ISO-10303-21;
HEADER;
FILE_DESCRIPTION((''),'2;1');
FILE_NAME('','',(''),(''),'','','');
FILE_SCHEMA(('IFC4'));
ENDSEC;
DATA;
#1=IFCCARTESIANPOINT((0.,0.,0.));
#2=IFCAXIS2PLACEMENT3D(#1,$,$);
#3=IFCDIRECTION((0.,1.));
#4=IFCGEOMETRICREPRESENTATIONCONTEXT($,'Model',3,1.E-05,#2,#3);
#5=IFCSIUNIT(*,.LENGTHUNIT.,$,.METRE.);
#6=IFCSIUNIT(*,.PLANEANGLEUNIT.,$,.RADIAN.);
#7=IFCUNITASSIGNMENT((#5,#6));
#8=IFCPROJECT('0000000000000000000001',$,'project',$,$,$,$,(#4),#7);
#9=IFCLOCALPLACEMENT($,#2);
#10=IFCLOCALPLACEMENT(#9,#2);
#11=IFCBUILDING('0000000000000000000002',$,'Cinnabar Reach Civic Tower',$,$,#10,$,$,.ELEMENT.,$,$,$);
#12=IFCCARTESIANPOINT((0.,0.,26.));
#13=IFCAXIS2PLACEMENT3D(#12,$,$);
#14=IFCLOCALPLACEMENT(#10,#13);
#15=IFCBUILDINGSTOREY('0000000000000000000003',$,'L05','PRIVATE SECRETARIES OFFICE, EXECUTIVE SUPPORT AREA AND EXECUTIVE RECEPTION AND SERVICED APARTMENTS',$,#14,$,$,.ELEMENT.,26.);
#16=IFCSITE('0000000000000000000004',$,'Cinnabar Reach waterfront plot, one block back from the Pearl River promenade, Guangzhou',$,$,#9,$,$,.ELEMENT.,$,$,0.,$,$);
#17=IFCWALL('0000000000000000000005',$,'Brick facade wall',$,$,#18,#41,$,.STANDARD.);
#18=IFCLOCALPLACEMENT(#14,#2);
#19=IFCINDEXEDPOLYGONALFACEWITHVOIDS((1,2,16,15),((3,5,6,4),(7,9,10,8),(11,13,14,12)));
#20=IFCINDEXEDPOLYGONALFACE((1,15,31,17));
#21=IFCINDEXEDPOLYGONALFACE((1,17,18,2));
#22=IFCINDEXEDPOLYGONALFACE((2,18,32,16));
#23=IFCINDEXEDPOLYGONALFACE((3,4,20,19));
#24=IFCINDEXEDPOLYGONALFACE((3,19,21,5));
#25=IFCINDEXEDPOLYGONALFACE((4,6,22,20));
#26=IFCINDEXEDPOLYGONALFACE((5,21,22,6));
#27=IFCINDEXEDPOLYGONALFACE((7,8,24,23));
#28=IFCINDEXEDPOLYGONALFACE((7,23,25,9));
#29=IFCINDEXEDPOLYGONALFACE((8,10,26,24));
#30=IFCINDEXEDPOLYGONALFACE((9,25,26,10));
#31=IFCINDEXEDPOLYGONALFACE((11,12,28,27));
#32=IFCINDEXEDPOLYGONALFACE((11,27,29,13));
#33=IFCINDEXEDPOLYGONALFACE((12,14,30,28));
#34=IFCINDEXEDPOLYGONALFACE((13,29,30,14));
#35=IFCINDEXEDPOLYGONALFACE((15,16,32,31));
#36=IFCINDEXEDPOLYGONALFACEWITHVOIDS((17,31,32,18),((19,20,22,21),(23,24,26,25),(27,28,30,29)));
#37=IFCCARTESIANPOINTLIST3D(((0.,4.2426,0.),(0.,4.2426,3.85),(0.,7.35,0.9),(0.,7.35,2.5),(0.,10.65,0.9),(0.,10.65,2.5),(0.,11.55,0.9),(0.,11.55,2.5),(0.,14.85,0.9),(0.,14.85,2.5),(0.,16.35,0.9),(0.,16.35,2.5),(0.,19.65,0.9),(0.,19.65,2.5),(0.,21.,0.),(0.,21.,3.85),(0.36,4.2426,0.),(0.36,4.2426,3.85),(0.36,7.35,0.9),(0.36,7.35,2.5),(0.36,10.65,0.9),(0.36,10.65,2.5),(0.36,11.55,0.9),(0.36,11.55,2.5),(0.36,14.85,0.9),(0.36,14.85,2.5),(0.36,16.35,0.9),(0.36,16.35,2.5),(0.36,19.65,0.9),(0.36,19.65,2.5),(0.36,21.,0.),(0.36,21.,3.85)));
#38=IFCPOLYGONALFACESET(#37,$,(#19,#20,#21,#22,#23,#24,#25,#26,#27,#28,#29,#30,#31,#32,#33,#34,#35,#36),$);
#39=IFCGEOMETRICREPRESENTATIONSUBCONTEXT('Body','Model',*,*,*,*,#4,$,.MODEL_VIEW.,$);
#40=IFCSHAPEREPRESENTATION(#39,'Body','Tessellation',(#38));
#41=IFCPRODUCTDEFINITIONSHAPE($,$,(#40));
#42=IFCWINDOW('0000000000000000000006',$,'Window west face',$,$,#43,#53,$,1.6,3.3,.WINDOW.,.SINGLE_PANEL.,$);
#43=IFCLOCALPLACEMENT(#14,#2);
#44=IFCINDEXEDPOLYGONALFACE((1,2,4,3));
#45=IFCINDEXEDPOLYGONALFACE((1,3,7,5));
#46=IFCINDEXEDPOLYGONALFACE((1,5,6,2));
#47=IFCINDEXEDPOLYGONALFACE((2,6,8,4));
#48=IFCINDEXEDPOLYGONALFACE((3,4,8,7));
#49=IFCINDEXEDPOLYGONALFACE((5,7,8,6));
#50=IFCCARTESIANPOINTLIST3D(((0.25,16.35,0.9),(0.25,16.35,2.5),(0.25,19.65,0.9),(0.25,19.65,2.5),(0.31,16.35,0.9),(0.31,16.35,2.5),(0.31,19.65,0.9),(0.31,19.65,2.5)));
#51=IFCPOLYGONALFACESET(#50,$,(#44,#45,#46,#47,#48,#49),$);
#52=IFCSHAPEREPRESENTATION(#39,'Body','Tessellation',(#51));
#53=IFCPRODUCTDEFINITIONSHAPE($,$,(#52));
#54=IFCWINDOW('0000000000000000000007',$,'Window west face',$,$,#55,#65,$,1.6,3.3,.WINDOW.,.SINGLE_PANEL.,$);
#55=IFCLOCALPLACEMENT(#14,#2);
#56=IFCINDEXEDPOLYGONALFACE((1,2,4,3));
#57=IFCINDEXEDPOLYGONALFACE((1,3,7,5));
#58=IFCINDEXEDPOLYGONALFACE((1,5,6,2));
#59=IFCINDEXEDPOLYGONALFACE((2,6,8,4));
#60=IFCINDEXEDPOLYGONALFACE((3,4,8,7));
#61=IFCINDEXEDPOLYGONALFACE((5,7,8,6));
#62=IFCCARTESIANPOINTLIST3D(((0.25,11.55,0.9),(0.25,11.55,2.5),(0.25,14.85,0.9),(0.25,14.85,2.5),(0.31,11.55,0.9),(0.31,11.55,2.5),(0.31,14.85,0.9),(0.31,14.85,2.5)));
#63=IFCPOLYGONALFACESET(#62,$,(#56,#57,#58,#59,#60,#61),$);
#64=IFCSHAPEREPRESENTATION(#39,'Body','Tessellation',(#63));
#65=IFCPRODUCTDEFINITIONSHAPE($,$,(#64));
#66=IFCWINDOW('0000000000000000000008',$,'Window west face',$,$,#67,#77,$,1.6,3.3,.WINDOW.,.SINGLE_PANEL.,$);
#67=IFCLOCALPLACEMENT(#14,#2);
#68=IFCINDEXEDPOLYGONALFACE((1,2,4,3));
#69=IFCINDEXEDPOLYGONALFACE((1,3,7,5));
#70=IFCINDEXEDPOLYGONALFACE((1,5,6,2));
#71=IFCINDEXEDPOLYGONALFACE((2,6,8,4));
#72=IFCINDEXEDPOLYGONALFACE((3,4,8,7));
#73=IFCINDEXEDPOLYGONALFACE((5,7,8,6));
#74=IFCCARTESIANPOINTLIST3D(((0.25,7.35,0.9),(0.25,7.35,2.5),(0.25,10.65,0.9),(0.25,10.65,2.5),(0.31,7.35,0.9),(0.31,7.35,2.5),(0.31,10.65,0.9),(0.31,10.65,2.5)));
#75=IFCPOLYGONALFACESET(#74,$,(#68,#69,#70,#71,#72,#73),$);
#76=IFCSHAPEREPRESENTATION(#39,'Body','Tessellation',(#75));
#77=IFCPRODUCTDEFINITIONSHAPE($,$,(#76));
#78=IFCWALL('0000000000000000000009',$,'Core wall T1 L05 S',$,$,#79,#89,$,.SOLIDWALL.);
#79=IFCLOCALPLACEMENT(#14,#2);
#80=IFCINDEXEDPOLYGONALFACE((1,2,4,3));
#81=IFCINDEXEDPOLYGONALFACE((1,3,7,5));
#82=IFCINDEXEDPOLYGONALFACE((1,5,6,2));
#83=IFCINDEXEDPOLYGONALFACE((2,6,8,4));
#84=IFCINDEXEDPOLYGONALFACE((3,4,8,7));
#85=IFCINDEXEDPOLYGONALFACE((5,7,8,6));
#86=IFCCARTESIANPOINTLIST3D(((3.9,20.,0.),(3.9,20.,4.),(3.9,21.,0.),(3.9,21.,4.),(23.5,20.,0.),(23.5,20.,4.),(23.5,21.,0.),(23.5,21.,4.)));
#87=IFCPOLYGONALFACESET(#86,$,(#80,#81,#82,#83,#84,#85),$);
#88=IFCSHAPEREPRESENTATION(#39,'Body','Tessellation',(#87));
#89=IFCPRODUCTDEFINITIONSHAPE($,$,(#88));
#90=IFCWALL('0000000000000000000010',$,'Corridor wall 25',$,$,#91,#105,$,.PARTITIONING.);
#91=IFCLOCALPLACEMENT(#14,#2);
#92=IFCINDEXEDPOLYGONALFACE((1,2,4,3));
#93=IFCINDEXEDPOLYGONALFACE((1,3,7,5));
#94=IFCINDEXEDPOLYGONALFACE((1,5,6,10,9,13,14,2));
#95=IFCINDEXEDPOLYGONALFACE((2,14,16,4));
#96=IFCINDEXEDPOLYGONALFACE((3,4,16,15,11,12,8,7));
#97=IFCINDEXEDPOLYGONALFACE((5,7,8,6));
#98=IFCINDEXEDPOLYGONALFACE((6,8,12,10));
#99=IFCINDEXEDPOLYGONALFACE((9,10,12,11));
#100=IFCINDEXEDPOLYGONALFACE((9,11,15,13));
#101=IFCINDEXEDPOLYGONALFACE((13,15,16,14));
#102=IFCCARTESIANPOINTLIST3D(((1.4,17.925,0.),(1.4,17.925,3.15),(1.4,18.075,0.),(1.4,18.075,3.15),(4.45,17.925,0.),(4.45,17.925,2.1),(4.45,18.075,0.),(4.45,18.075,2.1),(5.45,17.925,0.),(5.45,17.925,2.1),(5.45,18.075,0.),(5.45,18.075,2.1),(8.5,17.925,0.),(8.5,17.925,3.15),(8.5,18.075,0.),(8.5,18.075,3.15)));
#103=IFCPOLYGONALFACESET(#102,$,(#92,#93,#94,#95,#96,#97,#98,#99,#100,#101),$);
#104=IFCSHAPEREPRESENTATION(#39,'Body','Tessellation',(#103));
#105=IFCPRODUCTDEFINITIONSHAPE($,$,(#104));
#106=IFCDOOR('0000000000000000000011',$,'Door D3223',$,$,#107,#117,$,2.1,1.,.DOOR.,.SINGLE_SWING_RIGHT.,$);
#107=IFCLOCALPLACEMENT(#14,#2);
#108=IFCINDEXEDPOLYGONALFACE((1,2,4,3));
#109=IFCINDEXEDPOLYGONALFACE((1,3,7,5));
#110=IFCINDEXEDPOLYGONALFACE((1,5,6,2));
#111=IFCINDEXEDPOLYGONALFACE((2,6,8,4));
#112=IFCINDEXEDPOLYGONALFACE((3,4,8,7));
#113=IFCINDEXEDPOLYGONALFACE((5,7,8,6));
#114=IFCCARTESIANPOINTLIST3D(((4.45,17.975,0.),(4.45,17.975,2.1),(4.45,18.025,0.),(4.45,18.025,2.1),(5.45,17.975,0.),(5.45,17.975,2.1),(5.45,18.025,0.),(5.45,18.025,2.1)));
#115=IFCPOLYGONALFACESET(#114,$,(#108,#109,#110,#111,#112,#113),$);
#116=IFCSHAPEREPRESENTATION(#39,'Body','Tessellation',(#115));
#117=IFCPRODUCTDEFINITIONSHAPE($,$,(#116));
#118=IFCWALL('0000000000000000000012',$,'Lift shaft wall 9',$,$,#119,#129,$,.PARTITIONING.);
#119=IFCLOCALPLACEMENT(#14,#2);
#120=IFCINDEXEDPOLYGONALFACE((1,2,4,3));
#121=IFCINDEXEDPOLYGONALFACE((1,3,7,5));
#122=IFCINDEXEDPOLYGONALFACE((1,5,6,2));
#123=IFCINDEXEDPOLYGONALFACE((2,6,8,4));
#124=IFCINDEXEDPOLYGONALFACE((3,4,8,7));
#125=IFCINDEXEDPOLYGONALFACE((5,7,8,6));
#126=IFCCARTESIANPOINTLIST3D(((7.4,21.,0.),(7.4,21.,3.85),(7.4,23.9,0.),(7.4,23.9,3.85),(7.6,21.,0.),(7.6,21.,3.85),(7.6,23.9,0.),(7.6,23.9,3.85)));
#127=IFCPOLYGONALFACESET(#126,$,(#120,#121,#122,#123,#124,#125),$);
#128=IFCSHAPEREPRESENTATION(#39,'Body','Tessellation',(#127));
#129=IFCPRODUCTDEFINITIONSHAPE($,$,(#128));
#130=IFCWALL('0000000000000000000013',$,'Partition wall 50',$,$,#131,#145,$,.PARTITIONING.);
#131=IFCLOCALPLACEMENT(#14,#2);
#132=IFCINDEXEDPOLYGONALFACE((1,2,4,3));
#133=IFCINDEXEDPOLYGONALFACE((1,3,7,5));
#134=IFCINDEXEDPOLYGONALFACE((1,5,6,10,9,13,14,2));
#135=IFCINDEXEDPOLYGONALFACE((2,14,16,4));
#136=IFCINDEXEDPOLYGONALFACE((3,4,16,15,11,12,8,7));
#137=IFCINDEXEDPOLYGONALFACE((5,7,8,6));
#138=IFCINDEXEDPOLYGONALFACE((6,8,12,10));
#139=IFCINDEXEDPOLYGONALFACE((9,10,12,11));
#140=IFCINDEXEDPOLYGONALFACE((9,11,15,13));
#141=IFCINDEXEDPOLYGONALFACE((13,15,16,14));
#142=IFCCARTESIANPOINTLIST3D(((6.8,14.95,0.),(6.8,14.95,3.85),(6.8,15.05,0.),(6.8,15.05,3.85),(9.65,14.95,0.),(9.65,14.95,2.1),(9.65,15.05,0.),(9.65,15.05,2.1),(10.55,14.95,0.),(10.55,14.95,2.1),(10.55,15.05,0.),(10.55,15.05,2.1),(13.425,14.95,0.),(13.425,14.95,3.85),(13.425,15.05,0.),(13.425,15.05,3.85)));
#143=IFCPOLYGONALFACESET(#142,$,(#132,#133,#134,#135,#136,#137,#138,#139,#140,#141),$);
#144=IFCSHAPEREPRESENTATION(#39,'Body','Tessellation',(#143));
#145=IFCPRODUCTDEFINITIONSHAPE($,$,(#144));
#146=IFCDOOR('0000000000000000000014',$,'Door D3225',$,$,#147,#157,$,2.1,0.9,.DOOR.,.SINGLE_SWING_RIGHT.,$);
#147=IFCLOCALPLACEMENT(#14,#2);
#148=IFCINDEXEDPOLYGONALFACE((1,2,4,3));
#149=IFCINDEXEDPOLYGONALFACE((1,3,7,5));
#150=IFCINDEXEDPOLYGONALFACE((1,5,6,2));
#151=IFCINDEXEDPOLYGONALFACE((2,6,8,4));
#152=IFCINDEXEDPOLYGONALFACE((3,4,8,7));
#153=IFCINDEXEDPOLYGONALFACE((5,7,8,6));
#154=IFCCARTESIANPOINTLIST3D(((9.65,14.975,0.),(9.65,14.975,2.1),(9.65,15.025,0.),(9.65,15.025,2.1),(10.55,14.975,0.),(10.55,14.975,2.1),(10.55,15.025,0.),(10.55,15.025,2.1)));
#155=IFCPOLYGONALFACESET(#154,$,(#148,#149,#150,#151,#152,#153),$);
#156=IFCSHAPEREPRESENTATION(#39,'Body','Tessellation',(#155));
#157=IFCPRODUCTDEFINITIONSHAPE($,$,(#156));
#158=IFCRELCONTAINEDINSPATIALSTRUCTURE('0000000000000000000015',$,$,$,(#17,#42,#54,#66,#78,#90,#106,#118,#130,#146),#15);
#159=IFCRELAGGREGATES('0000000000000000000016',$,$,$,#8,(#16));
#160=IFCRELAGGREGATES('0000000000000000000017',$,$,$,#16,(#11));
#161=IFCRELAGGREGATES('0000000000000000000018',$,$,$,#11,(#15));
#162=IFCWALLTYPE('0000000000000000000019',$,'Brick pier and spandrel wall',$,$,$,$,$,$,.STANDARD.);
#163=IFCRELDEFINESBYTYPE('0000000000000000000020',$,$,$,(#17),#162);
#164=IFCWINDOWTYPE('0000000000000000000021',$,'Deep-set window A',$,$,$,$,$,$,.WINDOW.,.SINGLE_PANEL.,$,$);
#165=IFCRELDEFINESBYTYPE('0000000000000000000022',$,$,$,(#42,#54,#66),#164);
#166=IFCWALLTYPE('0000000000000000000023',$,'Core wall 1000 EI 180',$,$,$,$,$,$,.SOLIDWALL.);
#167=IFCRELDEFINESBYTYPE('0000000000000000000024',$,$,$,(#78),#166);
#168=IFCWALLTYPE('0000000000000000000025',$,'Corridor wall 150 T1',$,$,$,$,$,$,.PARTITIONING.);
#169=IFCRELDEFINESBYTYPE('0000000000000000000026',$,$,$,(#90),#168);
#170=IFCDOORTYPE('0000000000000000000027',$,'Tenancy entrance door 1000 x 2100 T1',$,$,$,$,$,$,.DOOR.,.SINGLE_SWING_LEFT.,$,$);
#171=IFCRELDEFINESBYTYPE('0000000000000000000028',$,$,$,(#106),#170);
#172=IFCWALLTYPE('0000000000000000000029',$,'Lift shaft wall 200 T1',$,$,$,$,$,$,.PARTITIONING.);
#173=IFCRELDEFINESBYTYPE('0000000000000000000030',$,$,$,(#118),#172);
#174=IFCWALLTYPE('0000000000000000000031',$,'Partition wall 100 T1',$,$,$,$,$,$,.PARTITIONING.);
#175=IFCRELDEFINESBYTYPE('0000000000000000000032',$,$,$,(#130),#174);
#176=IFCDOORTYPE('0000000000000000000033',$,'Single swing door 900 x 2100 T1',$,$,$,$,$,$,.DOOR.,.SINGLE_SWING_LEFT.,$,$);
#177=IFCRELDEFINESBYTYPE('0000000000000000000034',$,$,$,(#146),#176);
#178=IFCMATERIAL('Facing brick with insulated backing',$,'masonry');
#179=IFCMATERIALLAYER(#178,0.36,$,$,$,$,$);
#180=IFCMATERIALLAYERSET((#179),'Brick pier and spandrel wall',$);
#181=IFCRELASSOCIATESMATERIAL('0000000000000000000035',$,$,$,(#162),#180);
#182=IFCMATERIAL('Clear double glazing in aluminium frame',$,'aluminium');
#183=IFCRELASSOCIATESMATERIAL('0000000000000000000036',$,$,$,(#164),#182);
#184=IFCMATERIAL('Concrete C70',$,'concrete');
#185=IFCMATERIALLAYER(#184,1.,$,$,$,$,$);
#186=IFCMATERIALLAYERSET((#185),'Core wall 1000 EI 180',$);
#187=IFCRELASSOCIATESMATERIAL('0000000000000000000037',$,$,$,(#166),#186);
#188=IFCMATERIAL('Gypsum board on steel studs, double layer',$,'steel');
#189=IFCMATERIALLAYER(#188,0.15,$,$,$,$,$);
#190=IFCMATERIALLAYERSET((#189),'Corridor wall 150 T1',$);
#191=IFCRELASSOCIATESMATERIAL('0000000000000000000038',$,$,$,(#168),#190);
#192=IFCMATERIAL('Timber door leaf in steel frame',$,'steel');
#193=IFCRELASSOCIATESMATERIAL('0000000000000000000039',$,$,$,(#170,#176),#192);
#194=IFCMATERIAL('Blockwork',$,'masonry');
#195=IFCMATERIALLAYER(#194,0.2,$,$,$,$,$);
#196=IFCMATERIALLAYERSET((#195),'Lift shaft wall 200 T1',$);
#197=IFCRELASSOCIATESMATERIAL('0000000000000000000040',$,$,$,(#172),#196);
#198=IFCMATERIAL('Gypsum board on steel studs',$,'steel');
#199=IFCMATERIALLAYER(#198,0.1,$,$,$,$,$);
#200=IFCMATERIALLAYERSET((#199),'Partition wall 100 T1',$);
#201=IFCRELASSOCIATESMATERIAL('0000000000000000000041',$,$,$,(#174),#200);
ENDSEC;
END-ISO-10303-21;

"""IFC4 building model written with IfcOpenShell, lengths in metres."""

from ifc_helpers import new_model, si_unit, direction, frame, frame_2d, origin, place, context, subcontext, project, spatial, rectangle, extrude, material, layer, layer_set, type_object, element, fill, save


model = new_model("IFC4")

# Units and contexts
model_context = context("Model", 3, precision=1e-05, world=origin(), true_north=direction((0.0, 1.0)))
body_context = subcontext(model_context, "Body", "Model", "MODEL_VIEW")
ifc_project = project(units=[si_unit("LENGTHUNIT", "METRE"), si_unit("PLANEANGLEUNIT", "RADIAN")], contexts=[model_context])

# Site, building, storey
site_placement = place(None, origin())
site = spatial("IfcSite", under=ifc_project, at=site_placement, Name="Cinnabar Reach waterfront plot, one block back from the Pearl River promenade, Guangzhou", CompositionType="ELEMENT", RefElevation=0.0)
building_placement = place(site_placement, origin())
building = spatial("IfcBuilding", under=site, at=building_placement, Name="Cinnabar Reach Civic Tower", CompositionType="ELEMENT")
storey_placement = place(building_placement, frame((0.0, 0.0, 26.0)))
storey = spatial("IfcBuildingStorey", under=building, at=storey_placement, Name="L05", Description="PRIVATE SECRETARIES OFFICE, EXECUTIVE SUPPORT AREA AND EXECUTIVE RECEPTION AND SERVICED APARTMENTS", CompositionType="ELEMENT", Elevation=26.0)

# Shared definitions
ifc_material_1 = material(Name="Concrete C70", Category="concrete")

# Wall, openings, windows
ifc_material_2 = material(Name="Facing brick with insulated backing", Category="masonry")
ifc_layer_1 = layer(ifc_material_2, 0.36)
ifc_layer_set_1 = layer_set([ifc_layer_1], Name="Brick pier and spandrel wall")
wall_type_1 = type_object("IfcWallType", Name="Brick pier and spandrel wall", PredefinedType="STANDARD", material=ifc_layer_set_1)
wall_1_placement = place(storey_placement, frame((0.18, 21.0, 0.0), z_axis=(0.0, 0.0, 1.0), x_axis=(0.0, -1.0, 0.0)))
wall_1 = element("IfcWall", 1, at=wall_1_placement, inside=storey, type_object=wall_type_1, Name="Brick facade wall", PredefinedType="STANDARD", context=body_context, shape_type="SweptSolid", body=[
    extrude(rectangle(XDim=16.7574, YDim=0.36, at=frame_2d((8.3787, 0.0))), origin(), (0.0, 0.0, 1.0), 3.85),
])
opening_1_placement = place(wall_1_placement, frame((1.35, 0.0, 0.9)))
opening_1 = element("IfcOpeningElement", 2, at=opening_1_placement, cuts=wall_1, PredefinedType="OPENING", context=body_context, shape_type="SweptSolid", body=[
    extrude(rectangle(XDim=3.3, YDim=1.6, at=frame_2d((1.65, 0.8))), frame((0.0, 0.19, 0.0), z_axis=(0.0, -1.0, 0.0), x_axis=(1.0, 0.0, 0.0)), (0.0, 0.0, 1.0), 0.38),
])
opening_2_placement = place(wall_1_placement, frame((6.15, 0.0, 0.9)))
opening_2 = element("IfcOpeningElement", 3, at=opening_2_placement, cuts=wall_1, PredefinedType="OPENING", context=body_context, shape_type="SweptSolid", body=[
    extrude(rectangle(XDim=3.3, YDim=1.6, at=frame_2d((1.65, 0.8))), frame((0.0, 0.19, 0.0), z_axis=(0.0, -1.0, 0.0), x_axis=(1.0, 0.0, 0.0)), (0.0, 0.0, 1.0), 0.38),
])
opening_3_placement = place(wall_1_placement, frame((10.35, 0.0, 0.9)))
opening_3 = element("IfcOpeningElement", 4, at=opening_3_placement, cuts=wall_1, PredefinedType="OPENING", context=body_context, shape_type="SweptSolid", body=[
    extrude(rectangle(XDim=3.3, YDim=1.6, at=frame_2d((1.65, 0.8))), frame((0.0, 0.19, 0.0), z_axis=(0.0, -1.0, 0.0), x_axis=(1.0, 0.0, 0.0)), (0.0, 0.0, 1.0), 0.38),
])
ifc_material_3 = material(Name="Clear double glazing in aluminium frame", Category="aluminium")
window_type = type_object("IfcWindowType", Name="Deep-set window A", PartitioningType="SINGLE_PANEL", PredefinedType="WINDOW", material=ifc_material_3)
window_1_placement = place(opening_1_placement, origin())
window_1 = element("IfcWindow", 5, at=window_1_placement, inside=storey, type_object=window_type, Name="Window west face", OverallHeight=1.6, OverallWidth=3.3, PartitioningType="SINGLE_PANEL", PredefinedType="WINDOW", context=body_context, shape_type="SweptSolid", body=[
    extrude(rectangle(XDim=3.3, YDim=1.6, at=frame_2d((1.65, 0.8))), frame((0.0, 0.13, 0.0), z_axis=(0.0, -1.0, 0.0), x_axis=(1.0, 0.0, 0.0)), (0.0, 0.0, 1.0), 0.06),
])
fill(opening_1, window_1)
window_2_placement = place(opening_2_placement, origin())
window_2 = element("IfcWindow", 6, at=window_2_placement, inside=storey, type_object=window_type, Name="Window west face", OverallHeight=1.6, OverallWidth=3.3, PartitioningType="SINGLE_PANEL", PredefinedType="WINDOW", context=body_context, shape_type="SweptSolid", body=[
    extrude(rectangle(XDim=3.3, YDim=1.6, at=frame_2d((1.65, 0.8))), frame((0.0, 0.13, 0.0), z_axis=(0.0, -1.0, 0.0), x_axis=(1.0, 0.0, 0.0)), (0.0, 0.0, 1.0), 0.06),
])
fill(opening_2, window_2)
window_3_placement = place(opening_3_placement, origin())
window_3 = element("IfcWindow", 7, at=window_3_placement, inside=storey, type_object=window_type, Name="Window west face", OverallHeight=1.6, OverallWidth=3.3, PartitioningType="SINGLE_PANEL", PredefinedType="WINDOW", context=body_context, shape_type="SweptSolid", body=[
    extrude(rectangle(XDim=3.3, YDim=1.6, at=frame_2d((1.65, 0.8))), frame((0.0, 0.13, 0.0), z_axis=(0.0, -1.0, 0.0), x_axis=(1.0, 0.0, 0.0)), (0.0, 0.0, 1.0), 0.06),
])
fill(opening_3, window_3)

# Wall
ifc_layer_2 = layer(ifc_material_1, 1.0)
ifc_layer_set_2 = layer_set([ifc_layer_2], Name="Core wall 1000 EI 180")
wall_type_2 = type_object("IfcWallType", Name="Core wall 1000 EI 180", PredefinedType="SOLIDWALL", material=ifc_layer_set_2)
wall_2_placement = place(storey_placement, frame((3.9, 20.5, 0.0), z_axis=(0.0, 0.0, 1.0), x_axis=(1.0, 0.0, 0.0)))
element("IfcWall", 8, at=wall_2_placement, inside=storey, type_object=wall_type_2, Name="Core wall T1 L05 S", PredefinedType="SOLIDWALL", context=body_context, shape_type="SweptSolid", body=[
    extrude(rectangle(XDim=19.6, YDim=1.0, at=frame_2d((9.8, 0.0))), origin(), (0.0, 0.0, 1.0), 4.0),
])

# Wall, opening, door
ifc_material_4 = material(Name="Gypsum board on steel studs, double layer", Category="steel")
ifc_layer_3 = layer(ifc_material_4, 0.15)
ifc_layer_set_3 = layer_set([ifc_layer_3], Name="Corridor wall 150 T1")
wall_type_3 = type_object("IfcWallType", Name="Corridor wall 150 T1", PredefinedType="PARTITIONING", material=ifc_layer_set_3)
wall_3_placement = place(storey_placement, frame((1.4, 18.0, 0.0), z_axis=(0.0, 0.0, 1.0), x_axis=(1.0, 0.0, 0.0)))
wall_3 = element("IfcWall", 9, at=wall_3_placement, inside=storey, type_object=wall_type_3, Name="Corridor wall 25", PredefinedType="PARTITIONING", context=body_context, shape_type="SweptSolid", body=[
    extrude(rectangle(XDim=7.1, YDim=0.15, at=frame_2d((3.55, 0.0))), origin(), (0.0, 0.0, 1.0), 3.15),
])
opening_4_placement = place(wall_3_placement, frame((3.05, 0.0, 0.0)))
opening_4 = element("IfcOpeningElement", 10, at=opening_4_placement, cuts=wall_3, PredefinedType="OPENING", context=body_context, shape_type="SweptSolid", body=[
    extrude(rectangle(XDim=1.0, YDim=2.1, at=frame_2d((0.5, 1.05))), frame((0.0, 0.085, 0.0), z_axis=(0.0, -1.0, 0.0), x_axis=(1.0, 0.0, 0.0)), (0.0, 0.0, 1.0), 0.17),
])
ifc_material_5 = material(Name="Timber door leaf in steel frame", Category="steel")
door_type_1 = type_object("IfcDoorType", Name="Tenancy entrance door 1000 x 2100 T1", OperationType="SINGLE_SWING_LEFT", PredefinedType="DOOR", material=ifc_material_5)
door_1_placement = place(opening_4_placement, frame((1.0, 0.0, 0.0), z_axis=(0.0, 0.0, 1.0), x_axis=(-1.0, 0.0, 0.0)))
door_1 = element("IfcDoor", 11, at=door_1_placement, inside=storey, type_object=door_type_1, Name="Door D3223", OperationType="SINGLE_SWING_RIGHT", OverallHeight=2.1, OverallWidth=1.0, PredefinedType="DOOR", context=body_context, shape_type="SweptSolid", body=[
    extrude(rectangle(XDim=1.0, YDim=2.1, at=frame_2d((0.5, 1.05))), frame((0.0, 0.025, 0.0), z_axis=(0.0, -1.0, 0.0), x_axis=(1.0, 0.0, 0.0)), (0.0, 0.0, 1.0), 0.05),
])
fill(opening_4, door_1)

# Wall
ifc_material_6 = material(Name="Blockwork", Category="masonry")
ifc_layer_4 = layer(ifc_material_6, 0.2)
ifc_layer_set_4 = layer_set([ifc_layer_4], Name="Lift shaft wall 200 T1")
wall_type_4 = type_object("IfcWallType", Name="Lift shaft wall 200 T1", PredefinedType="PARTITIONING", material=ifc_layer_set_4)
wall_4_placement = place(storey_placement, frame((7.5, 21.0, 0.0), z_axis=(0.0, 0.0, 1.0), x_axis=(0.0, 1.0, 0.0)))
element("IfcWall", 12, at=wall_4_placement, inside=storey, type_object=wall_type_4, Name="Lift shaft wall 9", PredefinedType="PARTITIONING", context=body_context, shape_type="SweptSolid", body=[
    extrude(rectangle(XDim=2.9, YDim=0.2, at=frame_2d((1.45, 0.0))), origin(), (0.0, 0.0, 1.0), 3.85),
])

# Wall, opening, door
ifc_material_7 = material(Name="Gypsum board on steel studs", Category="steel")
ifc_layer_5 = layer(ifc_material_7, 0.1)
ifc_layer_set_5 = layer_set([ifc_layer_5], Name="Partition wall 100 T1")
wall_type_5 = type_object("IfcWallType", Name="Partition wall 100 T1", PredefinedType="PARTITIONING", material=ifc_layer_set_5)
wall_5_placement = place(storey_placement, frame((6.8, 15.0, 0.0), z_axis=(0.0, 0.0, 1.0), x_axis=(1.0, 0.0, 0.0)))
wall_5 = element("IfcWall", 13, at=wall_5_placement, inside=storey, type_object=wall_type_5, Name="Partition wall 50", PredefinedType="PARTITIONING", context=body_context, shape_type="SweptSolid", body=[
    extrude(rectangle(XDim=6.625, YDim=0.1, at=frame_2d((3.3125, 0.0))), origin(), (0.0, 0.0, 1.0), 3.85),
])
opening_5_placement = place(wall_5_placement, frame((2.85, 0.0, 0.0)))
opening_5 = element("IfcOpeningElement", 14, at=opening_5_placement, cuts=wall_5, PredefinedType="OPENING", context=body_context, shape_type="SweptSolid", body=[
    extrude(rectangle(XDim=0.9, YDim=2.1, at=frame_2d((0.45, 1.05))), frame((0.0, 0.06, 0.0), z_axis=(0.0, -1.0, 0.0), x_axis=(1.0, 0.0, 0.0)), (0.0, 0.0, 1.0), 0.12),
])
door_type_2 = type_object("IfcDoorType", Name="Single swing door 900 x 2100 T1", OperationType="SINGLE_SWING_LEFT", PredefinedType="DOOR", material=ifc_material_5)
door_2_placement = place(opening_5_placement, origin())
door_2 = element("IfcDoor", 15, at=door_2_placement, inside=storey, type_object=door_type_2, Name="Door D3225", OperationType="SINGLE_SWING_RIGHT", OverallHeight=2.1, OverallWidth=0.9, PredefinedType="DOOR", context=body_context, shape_type="SweptSolid", body=[
    extrude(rectangle(XDim=0.9, YDim=2.1, at=frame_2d((0.45, 1.05))), frame((0.0, 0.025, 0.0), z_axis=(0.0, -1.0, 0.0), x_axis=(1.0, 0.0, 0.0)), (0.0, 0.0, 1.0), 0.05),
])
fill(opening_5, door_2)

save(model, "model.ifc")
